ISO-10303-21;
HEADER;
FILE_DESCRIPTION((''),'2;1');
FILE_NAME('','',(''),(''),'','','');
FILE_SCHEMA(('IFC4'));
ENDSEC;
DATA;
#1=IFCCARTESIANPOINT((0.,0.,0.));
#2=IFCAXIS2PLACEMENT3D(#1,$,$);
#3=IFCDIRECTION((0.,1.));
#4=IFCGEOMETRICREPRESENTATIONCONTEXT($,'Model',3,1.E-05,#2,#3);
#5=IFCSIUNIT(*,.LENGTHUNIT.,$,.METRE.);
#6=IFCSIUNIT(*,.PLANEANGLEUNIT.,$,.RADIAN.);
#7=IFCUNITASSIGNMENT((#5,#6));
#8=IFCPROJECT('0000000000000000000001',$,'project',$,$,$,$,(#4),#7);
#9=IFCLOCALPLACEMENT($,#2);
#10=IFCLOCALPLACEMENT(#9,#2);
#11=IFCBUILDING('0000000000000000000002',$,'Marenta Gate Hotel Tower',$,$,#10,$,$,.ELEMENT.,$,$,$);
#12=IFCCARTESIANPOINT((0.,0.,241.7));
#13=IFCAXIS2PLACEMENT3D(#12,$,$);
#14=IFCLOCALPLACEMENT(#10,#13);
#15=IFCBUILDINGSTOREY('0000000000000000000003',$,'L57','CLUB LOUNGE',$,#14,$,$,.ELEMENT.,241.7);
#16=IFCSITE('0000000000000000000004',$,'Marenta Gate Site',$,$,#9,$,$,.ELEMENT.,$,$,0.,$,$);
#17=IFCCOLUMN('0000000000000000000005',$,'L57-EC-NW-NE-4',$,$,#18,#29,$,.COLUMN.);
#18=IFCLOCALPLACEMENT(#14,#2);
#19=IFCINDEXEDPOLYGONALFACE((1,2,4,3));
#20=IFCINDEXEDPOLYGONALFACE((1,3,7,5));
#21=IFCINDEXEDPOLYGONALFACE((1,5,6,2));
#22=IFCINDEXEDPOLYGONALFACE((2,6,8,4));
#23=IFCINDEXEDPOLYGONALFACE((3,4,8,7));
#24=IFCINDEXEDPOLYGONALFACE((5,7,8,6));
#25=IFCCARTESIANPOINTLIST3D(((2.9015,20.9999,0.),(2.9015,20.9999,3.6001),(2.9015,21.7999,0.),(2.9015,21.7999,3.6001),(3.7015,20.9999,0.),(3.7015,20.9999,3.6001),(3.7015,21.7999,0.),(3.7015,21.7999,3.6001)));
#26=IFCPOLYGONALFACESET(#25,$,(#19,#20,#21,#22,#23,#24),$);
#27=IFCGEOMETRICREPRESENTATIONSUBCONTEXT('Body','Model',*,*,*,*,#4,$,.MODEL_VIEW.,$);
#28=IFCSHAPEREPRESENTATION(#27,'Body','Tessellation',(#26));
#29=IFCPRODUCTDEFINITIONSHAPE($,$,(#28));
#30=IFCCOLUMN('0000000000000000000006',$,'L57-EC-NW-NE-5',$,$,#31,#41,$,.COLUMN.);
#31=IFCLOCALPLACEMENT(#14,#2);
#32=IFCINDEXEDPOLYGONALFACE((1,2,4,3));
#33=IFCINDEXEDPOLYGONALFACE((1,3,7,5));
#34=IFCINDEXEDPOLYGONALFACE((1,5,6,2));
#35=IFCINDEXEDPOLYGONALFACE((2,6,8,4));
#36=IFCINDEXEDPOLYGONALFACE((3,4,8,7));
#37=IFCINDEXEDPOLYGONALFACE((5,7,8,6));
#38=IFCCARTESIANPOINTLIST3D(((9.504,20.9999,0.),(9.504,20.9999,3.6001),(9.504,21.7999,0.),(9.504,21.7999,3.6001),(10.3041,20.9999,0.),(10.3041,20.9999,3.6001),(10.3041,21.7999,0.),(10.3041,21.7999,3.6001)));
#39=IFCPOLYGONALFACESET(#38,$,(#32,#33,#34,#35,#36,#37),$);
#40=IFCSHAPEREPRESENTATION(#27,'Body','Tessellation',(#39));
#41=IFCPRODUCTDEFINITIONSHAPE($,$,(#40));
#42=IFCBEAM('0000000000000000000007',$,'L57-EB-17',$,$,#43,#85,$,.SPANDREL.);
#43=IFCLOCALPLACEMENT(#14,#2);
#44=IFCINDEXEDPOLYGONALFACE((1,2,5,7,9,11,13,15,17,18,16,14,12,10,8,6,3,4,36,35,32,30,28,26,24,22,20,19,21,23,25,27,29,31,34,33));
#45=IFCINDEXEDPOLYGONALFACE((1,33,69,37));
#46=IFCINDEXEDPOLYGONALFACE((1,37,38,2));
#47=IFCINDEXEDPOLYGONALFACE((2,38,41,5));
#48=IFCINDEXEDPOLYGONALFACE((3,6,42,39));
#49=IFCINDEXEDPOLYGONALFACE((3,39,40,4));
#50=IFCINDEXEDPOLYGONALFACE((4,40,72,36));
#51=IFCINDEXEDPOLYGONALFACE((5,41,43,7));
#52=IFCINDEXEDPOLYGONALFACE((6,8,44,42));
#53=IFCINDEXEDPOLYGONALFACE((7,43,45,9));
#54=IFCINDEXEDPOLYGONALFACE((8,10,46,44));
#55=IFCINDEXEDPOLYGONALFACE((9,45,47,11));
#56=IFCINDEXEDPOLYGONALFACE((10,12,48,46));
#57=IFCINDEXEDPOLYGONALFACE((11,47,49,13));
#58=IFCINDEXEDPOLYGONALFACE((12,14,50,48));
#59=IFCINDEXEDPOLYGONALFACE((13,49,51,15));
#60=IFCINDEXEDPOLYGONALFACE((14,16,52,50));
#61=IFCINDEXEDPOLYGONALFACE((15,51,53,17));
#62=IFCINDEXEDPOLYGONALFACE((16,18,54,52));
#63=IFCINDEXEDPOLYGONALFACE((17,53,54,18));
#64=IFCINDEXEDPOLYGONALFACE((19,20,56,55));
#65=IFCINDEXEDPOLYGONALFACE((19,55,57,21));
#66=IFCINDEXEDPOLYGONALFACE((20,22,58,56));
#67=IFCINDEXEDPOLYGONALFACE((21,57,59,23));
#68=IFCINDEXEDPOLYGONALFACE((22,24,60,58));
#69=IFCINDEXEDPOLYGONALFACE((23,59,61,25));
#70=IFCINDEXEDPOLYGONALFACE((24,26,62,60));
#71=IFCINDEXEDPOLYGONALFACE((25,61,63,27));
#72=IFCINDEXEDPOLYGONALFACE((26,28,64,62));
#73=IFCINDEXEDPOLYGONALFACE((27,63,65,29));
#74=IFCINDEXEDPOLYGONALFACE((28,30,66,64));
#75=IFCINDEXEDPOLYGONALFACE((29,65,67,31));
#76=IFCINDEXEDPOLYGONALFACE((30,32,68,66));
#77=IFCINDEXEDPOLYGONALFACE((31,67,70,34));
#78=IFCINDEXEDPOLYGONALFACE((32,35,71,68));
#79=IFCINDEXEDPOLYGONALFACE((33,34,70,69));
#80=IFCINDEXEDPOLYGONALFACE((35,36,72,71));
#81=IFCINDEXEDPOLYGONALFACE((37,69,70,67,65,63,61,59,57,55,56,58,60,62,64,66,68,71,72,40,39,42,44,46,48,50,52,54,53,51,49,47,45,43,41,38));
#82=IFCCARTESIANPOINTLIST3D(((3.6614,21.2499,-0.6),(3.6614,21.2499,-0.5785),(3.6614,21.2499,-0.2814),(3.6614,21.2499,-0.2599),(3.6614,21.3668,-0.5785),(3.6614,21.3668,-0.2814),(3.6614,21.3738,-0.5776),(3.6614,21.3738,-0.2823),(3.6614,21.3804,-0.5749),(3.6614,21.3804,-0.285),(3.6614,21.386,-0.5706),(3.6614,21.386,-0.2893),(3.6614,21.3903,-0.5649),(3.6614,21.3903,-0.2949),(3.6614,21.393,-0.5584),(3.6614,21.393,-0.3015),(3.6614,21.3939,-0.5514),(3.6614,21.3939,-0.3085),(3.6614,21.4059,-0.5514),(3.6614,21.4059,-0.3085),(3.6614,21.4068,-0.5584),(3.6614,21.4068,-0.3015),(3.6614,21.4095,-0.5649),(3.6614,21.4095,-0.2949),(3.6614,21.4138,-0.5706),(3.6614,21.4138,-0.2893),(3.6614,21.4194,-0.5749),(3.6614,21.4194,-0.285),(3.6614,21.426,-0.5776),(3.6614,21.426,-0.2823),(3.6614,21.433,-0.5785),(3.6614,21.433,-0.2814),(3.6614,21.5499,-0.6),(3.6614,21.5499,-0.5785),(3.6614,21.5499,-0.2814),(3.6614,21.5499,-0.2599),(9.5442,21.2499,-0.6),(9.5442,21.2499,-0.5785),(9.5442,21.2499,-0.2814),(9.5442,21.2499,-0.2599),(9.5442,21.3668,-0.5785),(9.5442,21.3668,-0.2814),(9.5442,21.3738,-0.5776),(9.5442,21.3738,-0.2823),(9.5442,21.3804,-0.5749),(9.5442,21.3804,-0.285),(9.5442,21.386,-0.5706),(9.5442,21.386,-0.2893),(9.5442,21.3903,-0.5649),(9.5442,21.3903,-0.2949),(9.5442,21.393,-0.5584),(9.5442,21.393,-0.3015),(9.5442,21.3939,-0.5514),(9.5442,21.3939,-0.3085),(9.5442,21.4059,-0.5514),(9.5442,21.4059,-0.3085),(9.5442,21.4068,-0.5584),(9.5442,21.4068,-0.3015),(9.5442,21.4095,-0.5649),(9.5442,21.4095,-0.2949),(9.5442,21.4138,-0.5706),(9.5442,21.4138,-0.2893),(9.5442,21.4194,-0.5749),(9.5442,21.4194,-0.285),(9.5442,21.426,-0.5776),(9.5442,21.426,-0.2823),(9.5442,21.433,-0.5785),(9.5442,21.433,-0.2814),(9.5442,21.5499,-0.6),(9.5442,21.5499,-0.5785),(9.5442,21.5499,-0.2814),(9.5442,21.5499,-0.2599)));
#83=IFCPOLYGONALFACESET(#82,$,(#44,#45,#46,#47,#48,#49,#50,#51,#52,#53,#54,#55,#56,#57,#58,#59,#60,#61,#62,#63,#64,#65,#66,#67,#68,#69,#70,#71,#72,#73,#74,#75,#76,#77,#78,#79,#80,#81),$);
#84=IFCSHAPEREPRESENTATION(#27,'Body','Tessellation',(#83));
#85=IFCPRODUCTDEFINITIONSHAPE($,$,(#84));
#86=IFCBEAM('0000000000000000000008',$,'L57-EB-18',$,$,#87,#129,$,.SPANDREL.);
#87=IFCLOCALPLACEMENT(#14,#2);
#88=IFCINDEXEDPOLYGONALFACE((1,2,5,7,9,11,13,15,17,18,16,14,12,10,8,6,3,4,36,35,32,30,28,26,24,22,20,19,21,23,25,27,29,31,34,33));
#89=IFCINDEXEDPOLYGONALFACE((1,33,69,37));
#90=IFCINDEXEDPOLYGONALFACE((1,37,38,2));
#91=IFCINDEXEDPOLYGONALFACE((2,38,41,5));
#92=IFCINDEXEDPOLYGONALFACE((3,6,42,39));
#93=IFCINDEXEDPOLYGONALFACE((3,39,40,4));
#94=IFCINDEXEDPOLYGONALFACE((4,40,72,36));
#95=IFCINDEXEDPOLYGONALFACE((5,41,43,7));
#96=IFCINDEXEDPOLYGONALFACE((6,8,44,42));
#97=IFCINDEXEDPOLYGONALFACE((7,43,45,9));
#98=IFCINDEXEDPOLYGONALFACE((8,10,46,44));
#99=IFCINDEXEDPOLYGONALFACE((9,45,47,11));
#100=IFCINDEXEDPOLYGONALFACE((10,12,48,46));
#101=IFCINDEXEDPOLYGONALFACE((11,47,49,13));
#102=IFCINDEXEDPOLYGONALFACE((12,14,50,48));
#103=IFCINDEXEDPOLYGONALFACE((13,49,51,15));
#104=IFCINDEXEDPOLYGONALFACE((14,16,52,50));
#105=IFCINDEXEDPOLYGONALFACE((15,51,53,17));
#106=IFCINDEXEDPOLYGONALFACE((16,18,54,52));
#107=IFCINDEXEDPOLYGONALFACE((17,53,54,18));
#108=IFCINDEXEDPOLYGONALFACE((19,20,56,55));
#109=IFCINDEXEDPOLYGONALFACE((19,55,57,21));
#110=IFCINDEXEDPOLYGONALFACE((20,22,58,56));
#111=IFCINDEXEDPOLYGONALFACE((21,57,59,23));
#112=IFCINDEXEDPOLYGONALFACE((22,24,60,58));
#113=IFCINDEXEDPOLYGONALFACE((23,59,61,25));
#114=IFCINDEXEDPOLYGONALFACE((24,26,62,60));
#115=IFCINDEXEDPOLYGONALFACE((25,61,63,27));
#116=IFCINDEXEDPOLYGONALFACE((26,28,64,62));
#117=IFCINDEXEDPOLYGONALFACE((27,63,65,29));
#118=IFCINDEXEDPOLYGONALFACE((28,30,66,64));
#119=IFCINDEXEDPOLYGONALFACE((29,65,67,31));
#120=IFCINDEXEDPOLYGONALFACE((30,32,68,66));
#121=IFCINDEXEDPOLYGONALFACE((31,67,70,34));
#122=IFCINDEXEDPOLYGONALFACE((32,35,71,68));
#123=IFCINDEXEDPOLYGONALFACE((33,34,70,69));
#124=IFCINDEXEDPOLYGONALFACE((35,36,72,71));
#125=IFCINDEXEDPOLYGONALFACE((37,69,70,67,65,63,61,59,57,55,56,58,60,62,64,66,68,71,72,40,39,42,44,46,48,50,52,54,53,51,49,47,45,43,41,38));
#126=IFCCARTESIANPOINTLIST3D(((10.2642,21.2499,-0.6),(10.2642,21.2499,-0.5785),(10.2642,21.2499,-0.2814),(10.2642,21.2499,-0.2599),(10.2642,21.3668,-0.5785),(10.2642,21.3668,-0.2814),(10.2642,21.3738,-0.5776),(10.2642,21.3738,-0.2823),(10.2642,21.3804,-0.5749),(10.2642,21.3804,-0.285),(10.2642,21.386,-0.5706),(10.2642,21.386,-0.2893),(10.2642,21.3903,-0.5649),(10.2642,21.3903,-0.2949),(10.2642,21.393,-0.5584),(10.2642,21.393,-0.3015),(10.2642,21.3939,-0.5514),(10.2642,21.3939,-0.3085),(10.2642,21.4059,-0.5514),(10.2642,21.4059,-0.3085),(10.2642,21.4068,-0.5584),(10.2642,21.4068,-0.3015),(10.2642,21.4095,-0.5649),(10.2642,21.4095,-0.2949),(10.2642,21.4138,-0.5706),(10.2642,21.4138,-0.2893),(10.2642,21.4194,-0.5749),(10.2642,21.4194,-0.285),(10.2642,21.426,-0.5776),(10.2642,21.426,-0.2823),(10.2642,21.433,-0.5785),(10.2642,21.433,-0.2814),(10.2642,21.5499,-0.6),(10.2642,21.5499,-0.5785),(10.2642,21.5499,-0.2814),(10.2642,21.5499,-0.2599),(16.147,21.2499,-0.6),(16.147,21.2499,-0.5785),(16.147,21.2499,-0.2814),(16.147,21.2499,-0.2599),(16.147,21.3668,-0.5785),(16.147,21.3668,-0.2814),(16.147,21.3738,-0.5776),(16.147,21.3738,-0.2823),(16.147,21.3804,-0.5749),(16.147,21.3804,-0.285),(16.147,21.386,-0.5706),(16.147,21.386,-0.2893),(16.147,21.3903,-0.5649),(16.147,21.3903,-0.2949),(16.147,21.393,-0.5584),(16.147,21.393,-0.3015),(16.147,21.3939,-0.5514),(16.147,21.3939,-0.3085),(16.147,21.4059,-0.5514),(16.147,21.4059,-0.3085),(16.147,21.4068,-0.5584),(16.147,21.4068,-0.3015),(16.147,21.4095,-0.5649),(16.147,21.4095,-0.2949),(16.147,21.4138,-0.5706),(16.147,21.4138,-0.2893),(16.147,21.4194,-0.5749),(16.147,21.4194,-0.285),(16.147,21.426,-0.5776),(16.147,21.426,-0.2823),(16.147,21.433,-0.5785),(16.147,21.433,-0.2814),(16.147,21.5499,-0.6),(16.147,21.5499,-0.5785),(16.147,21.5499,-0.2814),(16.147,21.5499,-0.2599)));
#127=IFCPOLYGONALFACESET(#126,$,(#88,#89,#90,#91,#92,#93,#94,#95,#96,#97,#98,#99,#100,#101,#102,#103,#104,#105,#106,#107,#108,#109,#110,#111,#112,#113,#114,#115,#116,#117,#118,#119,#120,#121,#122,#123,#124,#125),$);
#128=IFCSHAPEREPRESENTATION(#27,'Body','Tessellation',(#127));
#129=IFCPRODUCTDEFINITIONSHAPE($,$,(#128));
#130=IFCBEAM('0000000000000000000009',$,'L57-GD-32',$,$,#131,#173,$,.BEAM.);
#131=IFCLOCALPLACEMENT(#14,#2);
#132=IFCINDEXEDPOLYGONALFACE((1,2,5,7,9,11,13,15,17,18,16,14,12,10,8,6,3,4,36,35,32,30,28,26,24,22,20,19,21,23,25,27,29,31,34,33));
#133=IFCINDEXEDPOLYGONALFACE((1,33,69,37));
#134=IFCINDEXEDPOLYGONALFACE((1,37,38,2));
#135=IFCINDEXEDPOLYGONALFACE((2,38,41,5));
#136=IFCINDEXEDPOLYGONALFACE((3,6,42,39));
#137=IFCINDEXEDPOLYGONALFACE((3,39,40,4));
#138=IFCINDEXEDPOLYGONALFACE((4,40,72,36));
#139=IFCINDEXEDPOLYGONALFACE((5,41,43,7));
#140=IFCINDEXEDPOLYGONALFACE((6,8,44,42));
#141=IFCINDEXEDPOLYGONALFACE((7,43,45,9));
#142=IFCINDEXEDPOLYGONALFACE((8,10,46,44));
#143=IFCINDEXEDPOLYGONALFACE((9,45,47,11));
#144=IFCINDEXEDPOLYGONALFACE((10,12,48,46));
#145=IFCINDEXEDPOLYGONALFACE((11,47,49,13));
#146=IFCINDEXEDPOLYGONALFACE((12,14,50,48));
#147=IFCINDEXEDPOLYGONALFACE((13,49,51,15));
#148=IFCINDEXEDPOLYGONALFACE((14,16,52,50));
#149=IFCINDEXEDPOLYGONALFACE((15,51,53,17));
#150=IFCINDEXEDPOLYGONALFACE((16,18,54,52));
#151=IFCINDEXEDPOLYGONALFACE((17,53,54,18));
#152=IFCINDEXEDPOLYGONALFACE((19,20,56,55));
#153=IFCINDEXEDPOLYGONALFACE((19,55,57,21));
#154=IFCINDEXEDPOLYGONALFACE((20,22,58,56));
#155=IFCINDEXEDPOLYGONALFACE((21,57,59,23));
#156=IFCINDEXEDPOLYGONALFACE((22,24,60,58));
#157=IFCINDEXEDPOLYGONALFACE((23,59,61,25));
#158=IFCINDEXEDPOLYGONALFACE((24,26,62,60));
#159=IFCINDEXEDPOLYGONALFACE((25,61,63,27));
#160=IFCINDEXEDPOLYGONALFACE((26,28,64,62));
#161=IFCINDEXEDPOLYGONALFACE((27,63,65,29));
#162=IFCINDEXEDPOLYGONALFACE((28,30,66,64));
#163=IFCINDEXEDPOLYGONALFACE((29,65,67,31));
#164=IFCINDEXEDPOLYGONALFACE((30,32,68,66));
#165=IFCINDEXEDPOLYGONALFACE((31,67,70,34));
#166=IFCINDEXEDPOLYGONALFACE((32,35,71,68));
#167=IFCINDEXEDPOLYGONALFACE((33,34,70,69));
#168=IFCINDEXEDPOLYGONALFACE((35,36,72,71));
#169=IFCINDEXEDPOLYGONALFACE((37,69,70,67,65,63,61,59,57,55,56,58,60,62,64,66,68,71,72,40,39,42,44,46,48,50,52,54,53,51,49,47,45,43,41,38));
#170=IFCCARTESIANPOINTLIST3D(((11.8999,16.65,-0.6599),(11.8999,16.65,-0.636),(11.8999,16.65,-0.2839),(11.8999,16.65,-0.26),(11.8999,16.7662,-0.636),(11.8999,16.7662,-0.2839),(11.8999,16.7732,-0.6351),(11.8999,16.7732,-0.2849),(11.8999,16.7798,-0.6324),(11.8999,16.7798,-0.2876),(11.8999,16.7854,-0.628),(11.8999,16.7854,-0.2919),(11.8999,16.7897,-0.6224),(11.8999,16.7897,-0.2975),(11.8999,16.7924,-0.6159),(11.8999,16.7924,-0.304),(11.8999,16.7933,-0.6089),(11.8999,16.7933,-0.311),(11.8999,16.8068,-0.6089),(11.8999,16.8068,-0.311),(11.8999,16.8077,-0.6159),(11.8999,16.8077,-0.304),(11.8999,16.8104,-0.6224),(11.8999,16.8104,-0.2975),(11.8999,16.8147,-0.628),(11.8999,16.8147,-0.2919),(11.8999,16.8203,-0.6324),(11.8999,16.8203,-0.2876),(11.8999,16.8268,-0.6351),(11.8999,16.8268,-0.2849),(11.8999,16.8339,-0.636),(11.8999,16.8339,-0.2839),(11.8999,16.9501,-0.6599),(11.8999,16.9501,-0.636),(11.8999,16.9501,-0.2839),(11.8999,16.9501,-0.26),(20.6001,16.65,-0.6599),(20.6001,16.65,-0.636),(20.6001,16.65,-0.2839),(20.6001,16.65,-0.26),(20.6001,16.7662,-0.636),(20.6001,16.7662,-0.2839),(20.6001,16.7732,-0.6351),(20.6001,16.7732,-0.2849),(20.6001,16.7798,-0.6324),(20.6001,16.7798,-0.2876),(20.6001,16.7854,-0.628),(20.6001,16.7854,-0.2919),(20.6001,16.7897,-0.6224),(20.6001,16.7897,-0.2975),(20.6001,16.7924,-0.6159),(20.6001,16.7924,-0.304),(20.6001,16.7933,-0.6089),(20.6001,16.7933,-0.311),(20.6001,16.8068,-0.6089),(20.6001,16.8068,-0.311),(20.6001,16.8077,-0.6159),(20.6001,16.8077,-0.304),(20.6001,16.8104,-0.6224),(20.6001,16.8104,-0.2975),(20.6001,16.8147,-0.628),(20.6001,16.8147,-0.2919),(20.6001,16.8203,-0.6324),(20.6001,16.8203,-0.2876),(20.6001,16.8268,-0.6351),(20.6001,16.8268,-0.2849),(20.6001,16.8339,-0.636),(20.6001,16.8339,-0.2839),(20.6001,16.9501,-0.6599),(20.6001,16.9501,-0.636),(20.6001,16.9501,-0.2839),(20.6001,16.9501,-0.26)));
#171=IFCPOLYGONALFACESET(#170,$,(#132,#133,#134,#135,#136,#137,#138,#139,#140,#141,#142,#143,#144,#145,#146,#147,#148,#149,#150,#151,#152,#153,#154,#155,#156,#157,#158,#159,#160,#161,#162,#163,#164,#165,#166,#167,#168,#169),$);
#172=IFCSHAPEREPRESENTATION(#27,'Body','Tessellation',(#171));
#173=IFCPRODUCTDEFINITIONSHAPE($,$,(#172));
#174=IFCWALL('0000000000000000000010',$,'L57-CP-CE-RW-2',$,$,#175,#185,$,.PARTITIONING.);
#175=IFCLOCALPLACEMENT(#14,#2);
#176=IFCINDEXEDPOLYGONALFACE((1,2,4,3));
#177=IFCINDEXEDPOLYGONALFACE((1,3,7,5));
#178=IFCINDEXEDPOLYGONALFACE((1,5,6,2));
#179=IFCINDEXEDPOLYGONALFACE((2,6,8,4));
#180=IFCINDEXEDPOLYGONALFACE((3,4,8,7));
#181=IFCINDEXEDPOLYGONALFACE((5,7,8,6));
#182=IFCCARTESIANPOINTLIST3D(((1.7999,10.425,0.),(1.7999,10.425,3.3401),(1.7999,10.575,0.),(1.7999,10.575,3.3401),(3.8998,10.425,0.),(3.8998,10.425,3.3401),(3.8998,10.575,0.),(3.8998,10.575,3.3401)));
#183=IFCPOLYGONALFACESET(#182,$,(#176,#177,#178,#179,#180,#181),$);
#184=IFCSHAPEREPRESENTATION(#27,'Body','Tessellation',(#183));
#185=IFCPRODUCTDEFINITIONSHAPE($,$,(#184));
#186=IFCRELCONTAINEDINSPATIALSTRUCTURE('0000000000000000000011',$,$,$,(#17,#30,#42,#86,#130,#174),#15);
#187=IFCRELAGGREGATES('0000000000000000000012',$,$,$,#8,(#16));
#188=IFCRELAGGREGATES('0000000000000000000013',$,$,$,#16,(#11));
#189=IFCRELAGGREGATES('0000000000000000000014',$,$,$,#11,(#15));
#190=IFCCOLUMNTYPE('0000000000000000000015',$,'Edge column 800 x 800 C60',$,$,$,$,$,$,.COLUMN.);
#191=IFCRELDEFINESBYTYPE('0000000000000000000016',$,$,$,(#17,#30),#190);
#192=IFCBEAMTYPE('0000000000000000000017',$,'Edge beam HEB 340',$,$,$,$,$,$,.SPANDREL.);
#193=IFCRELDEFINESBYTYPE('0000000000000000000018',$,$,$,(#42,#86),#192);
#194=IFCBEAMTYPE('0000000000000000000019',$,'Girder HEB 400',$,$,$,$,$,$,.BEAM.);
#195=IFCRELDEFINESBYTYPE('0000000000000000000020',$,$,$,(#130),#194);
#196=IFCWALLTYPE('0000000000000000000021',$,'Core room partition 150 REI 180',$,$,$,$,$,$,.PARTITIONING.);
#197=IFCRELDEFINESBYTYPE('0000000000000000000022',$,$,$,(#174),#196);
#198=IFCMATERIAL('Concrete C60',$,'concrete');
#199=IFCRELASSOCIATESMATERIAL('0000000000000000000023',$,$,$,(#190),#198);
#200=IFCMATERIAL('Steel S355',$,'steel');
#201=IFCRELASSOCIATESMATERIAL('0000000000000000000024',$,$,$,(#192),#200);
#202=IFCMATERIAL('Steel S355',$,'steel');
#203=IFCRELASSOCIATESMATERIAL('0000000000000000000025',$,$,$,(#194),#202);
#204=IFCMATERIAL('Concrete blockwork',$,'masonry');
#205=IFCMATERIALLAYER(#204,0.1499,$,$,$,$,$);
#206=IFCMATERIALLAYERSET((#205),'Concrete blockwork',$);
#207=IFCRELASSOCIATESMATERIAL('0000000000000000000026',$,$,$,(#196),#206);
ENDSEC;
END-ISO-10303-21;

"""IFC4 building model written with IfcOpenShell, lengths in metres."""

from ifc_helpers import new_model, si_unit, direction, frame, frame_2d, origin, origin_2d, place, context, subcontext, project, spatial, rectangle, i_section, extrude, material, layer, layer_set, material_profile, profile_set, type_object, element, save


model = new_model("IFC4")

# Units and contexts
model_context = context("Model", 3, precision=1e-05, world=origin(), true_north=direction((0.0, 1.0)))
body_context = subcontext(model_context, "Body", "Model", "MODEL_VIEW")
ifc_project = project(units=[si_unit("LENGTHUNIT", "METRE"), si_unit("PLANEANGLEUNIT", "RADIAN")], contexts=[model_context])

# Site, building, storey
site_placement = place(None, origin())
site = spatial("IfcSite", under=ifc_project, at=site_placement, Name="Marenta Gate Site", CompositionType="ELEMENT", RefElevation=0.0)
building_placement = place(site_placement, origin())
building = spatial("IfcBuilding", under=site, at=building_placement, Name="Marenta Gate Hotel Tower", CompositionType="ELEMENT")
storey_placement = place(building_placement, frame((0.0, 0.0, 241.7)))
storey = spatial("IfcBuildingStorey", under=building, at=storey_placement, Name="L57", Description="CLUB LOUNGE", CompositionType="ELEMENT", Elevation=241.7)

# Columns
ifc_material_1 = material(Name="Concrete C60", Category="concrete")
ifc_material_profile_1 = material_profile(ifc_material_1, rectangle(XDim=0.8, YDim=0.8, at=origin_2d()), Name="800 x 800")
ifc_profile_set_1 = profile_set([ifc_material_profile_1], Name="Concrete C60")
column_type = type_object("IfcColumnType", Name="Edge column 800 x 800 C60", PredefinedType="COLUMN", material=ifc_profile_set_1)
for number, where, z_axis, x_axis, name in (
    (1, (3.3015, 21.3999, 0.0), (0.0, 0.0, 1.0), (1.0, 0.0, 0.0), "L57-EC-NW-NE-4"),
    (2, (9.9041, 21.3999, 0.0), (0.0, 0.0, 1.0), (1.0, 0.0, 0.0), "L57-EC-NW-NE-5"),
):
    element("IfcColumn", number, at=place(storey_placement, frame(where, z_axis=z_axis, x_axis=x_axis)), inside=storey, type_object=column_type, Name=name, PredefinedType="COLUMN", context=body_context, shape_type="SweptSolid", body=[
        extrude(rectangle(XDim=0.8, YDim=0.8, at=origin_2d()), origin(), (0.0, 0.0, 1.0), 3.6001),
    ])

# Beams
ifc_material_2 = material(Name="Steel S355", Category="steel")
ifc_material_profile_2 = material_profile(ifc_material_2, i_section(OverallWidth=0.3, OverallDepth=0.3401, WebThickness=0.012, FlangeThickness=0.0215, FilletRadius=0.0271, at=origin_2d()), Name="HEB 340")
ifc_profile_set_2 = profile_set([ifc_material_profile_2], Name="Steel S355")
beam_type_1 = type_object("IfcBeamType", Name="Edge beam HEB 340", PredefinedType="SPANDREL", material=ifc_profile_set_2)
for number, where, z_axis, x_axis, name in (
    (3, (3.6614, 21.3999, -0.4299), (1.0, 0.0, 0.0), (0.0, 1.0, 0.0), "L57-EB-17"),
    (4, (10.2642, 21.3999, -0.4299), (1.0, 0.0, 0.0), (0.0, 1.0, 0.0), "L57-EB-18"),
):
    element("IfcBeam", number, at=place(storey_placement, frame(where, z_axis=z_axis, x_axis=x_axis)), inside=storey, type_object=beam_type_1, Name=name, PredefinedType="SPANDREL", context=body_context, shape_type="SweptSolid", body=[
        extrude(i_section(OverallWidth=0.3, OverallDepth=0.3401, WebThickness=0.012, FlangeThickness=0.0215, FilletRadius=0.0271, at=origin_2d()), origin(), (0.0, 0.0, 1.0), 5.8828),
    ])
ifc_material_3 = material(Name="Steel S355", Category="steel")
ifc_material_profile_3 = material_profile(ifc_material_3, i_section(OverallWidth=0.3, OverallDepth=0.3999, WebThickness=0.0134, FlangeThickness=0.0239, FilletRadius=0.0271, at=origin_2d()), Name="HEB 400")
ifc_profile_set_3 = profile_set([ifc_material_profile_3], Name="Steel S355")
beam_type_2 = type_object("IfcBeamType", Name="Girder HEB 400", PredefinedType="BEAM", material=ifc_profile_set_3)
beam_placement = place(storey_placement, frame((11.8999, 16.8, -0.46), z_axis=(1.0, 0.0, 0.0), x_axis=(0.0, 1.0, 0.0)))
element("IfcBeam", 5, at=beam_placement, inside=storey, type_object=beam_type_2, Name="L57-GD-32", PredefinedType="BEAM", context=body_context, shape_type="SweptSolid", body=[
    extrude(i_section(OverallWidth=0.3, OverallDepth=0.3999, WebThickness=0.0134, FlangeThickness=0.0239, FilletRadius=0.0271, at=origin_2d()), origin(), (0.0, 0.0, 1.0), 8.7002),
])

# Wall
ifc_material_4 = material(Name="Concrete blockwork", Category="masonry")
ifc_layer_1 = layer(ifc_material_4, 0.1499)
ifc_layer_set_1 = layer_set([ifc_layer_1], Name="Concrete blockwork")
wall_type_1 = type_object("IfcWallType", Name="Core room partition 150 REI 180", PredefinedType="PARTITIONING", material=ifc_layer_set_1)
wall_1_placement = place(storey_placement, frame((1.8, 10.5, 0.0), z_axis=(0.0, 0.0, 1.0), x_axis=(1.0, 0.0, 0.0)))
element("IfcWall", 6, at=wall_1_placement, inside=storey, type_object=wall_type_1, Name="L57-CP-CE-RW-2", PredefinedType="PARTITIONING", context=body_context, shape_type="SweptSolid", body=[
    extrude(rectangle(XDim=2.0999, YDim=0.1499, at=frame_2d((1.0498, 0.0))), origin(), (0.0, 0.0, 1.0), 3.3401),
])

save(model, "model.ifc")
